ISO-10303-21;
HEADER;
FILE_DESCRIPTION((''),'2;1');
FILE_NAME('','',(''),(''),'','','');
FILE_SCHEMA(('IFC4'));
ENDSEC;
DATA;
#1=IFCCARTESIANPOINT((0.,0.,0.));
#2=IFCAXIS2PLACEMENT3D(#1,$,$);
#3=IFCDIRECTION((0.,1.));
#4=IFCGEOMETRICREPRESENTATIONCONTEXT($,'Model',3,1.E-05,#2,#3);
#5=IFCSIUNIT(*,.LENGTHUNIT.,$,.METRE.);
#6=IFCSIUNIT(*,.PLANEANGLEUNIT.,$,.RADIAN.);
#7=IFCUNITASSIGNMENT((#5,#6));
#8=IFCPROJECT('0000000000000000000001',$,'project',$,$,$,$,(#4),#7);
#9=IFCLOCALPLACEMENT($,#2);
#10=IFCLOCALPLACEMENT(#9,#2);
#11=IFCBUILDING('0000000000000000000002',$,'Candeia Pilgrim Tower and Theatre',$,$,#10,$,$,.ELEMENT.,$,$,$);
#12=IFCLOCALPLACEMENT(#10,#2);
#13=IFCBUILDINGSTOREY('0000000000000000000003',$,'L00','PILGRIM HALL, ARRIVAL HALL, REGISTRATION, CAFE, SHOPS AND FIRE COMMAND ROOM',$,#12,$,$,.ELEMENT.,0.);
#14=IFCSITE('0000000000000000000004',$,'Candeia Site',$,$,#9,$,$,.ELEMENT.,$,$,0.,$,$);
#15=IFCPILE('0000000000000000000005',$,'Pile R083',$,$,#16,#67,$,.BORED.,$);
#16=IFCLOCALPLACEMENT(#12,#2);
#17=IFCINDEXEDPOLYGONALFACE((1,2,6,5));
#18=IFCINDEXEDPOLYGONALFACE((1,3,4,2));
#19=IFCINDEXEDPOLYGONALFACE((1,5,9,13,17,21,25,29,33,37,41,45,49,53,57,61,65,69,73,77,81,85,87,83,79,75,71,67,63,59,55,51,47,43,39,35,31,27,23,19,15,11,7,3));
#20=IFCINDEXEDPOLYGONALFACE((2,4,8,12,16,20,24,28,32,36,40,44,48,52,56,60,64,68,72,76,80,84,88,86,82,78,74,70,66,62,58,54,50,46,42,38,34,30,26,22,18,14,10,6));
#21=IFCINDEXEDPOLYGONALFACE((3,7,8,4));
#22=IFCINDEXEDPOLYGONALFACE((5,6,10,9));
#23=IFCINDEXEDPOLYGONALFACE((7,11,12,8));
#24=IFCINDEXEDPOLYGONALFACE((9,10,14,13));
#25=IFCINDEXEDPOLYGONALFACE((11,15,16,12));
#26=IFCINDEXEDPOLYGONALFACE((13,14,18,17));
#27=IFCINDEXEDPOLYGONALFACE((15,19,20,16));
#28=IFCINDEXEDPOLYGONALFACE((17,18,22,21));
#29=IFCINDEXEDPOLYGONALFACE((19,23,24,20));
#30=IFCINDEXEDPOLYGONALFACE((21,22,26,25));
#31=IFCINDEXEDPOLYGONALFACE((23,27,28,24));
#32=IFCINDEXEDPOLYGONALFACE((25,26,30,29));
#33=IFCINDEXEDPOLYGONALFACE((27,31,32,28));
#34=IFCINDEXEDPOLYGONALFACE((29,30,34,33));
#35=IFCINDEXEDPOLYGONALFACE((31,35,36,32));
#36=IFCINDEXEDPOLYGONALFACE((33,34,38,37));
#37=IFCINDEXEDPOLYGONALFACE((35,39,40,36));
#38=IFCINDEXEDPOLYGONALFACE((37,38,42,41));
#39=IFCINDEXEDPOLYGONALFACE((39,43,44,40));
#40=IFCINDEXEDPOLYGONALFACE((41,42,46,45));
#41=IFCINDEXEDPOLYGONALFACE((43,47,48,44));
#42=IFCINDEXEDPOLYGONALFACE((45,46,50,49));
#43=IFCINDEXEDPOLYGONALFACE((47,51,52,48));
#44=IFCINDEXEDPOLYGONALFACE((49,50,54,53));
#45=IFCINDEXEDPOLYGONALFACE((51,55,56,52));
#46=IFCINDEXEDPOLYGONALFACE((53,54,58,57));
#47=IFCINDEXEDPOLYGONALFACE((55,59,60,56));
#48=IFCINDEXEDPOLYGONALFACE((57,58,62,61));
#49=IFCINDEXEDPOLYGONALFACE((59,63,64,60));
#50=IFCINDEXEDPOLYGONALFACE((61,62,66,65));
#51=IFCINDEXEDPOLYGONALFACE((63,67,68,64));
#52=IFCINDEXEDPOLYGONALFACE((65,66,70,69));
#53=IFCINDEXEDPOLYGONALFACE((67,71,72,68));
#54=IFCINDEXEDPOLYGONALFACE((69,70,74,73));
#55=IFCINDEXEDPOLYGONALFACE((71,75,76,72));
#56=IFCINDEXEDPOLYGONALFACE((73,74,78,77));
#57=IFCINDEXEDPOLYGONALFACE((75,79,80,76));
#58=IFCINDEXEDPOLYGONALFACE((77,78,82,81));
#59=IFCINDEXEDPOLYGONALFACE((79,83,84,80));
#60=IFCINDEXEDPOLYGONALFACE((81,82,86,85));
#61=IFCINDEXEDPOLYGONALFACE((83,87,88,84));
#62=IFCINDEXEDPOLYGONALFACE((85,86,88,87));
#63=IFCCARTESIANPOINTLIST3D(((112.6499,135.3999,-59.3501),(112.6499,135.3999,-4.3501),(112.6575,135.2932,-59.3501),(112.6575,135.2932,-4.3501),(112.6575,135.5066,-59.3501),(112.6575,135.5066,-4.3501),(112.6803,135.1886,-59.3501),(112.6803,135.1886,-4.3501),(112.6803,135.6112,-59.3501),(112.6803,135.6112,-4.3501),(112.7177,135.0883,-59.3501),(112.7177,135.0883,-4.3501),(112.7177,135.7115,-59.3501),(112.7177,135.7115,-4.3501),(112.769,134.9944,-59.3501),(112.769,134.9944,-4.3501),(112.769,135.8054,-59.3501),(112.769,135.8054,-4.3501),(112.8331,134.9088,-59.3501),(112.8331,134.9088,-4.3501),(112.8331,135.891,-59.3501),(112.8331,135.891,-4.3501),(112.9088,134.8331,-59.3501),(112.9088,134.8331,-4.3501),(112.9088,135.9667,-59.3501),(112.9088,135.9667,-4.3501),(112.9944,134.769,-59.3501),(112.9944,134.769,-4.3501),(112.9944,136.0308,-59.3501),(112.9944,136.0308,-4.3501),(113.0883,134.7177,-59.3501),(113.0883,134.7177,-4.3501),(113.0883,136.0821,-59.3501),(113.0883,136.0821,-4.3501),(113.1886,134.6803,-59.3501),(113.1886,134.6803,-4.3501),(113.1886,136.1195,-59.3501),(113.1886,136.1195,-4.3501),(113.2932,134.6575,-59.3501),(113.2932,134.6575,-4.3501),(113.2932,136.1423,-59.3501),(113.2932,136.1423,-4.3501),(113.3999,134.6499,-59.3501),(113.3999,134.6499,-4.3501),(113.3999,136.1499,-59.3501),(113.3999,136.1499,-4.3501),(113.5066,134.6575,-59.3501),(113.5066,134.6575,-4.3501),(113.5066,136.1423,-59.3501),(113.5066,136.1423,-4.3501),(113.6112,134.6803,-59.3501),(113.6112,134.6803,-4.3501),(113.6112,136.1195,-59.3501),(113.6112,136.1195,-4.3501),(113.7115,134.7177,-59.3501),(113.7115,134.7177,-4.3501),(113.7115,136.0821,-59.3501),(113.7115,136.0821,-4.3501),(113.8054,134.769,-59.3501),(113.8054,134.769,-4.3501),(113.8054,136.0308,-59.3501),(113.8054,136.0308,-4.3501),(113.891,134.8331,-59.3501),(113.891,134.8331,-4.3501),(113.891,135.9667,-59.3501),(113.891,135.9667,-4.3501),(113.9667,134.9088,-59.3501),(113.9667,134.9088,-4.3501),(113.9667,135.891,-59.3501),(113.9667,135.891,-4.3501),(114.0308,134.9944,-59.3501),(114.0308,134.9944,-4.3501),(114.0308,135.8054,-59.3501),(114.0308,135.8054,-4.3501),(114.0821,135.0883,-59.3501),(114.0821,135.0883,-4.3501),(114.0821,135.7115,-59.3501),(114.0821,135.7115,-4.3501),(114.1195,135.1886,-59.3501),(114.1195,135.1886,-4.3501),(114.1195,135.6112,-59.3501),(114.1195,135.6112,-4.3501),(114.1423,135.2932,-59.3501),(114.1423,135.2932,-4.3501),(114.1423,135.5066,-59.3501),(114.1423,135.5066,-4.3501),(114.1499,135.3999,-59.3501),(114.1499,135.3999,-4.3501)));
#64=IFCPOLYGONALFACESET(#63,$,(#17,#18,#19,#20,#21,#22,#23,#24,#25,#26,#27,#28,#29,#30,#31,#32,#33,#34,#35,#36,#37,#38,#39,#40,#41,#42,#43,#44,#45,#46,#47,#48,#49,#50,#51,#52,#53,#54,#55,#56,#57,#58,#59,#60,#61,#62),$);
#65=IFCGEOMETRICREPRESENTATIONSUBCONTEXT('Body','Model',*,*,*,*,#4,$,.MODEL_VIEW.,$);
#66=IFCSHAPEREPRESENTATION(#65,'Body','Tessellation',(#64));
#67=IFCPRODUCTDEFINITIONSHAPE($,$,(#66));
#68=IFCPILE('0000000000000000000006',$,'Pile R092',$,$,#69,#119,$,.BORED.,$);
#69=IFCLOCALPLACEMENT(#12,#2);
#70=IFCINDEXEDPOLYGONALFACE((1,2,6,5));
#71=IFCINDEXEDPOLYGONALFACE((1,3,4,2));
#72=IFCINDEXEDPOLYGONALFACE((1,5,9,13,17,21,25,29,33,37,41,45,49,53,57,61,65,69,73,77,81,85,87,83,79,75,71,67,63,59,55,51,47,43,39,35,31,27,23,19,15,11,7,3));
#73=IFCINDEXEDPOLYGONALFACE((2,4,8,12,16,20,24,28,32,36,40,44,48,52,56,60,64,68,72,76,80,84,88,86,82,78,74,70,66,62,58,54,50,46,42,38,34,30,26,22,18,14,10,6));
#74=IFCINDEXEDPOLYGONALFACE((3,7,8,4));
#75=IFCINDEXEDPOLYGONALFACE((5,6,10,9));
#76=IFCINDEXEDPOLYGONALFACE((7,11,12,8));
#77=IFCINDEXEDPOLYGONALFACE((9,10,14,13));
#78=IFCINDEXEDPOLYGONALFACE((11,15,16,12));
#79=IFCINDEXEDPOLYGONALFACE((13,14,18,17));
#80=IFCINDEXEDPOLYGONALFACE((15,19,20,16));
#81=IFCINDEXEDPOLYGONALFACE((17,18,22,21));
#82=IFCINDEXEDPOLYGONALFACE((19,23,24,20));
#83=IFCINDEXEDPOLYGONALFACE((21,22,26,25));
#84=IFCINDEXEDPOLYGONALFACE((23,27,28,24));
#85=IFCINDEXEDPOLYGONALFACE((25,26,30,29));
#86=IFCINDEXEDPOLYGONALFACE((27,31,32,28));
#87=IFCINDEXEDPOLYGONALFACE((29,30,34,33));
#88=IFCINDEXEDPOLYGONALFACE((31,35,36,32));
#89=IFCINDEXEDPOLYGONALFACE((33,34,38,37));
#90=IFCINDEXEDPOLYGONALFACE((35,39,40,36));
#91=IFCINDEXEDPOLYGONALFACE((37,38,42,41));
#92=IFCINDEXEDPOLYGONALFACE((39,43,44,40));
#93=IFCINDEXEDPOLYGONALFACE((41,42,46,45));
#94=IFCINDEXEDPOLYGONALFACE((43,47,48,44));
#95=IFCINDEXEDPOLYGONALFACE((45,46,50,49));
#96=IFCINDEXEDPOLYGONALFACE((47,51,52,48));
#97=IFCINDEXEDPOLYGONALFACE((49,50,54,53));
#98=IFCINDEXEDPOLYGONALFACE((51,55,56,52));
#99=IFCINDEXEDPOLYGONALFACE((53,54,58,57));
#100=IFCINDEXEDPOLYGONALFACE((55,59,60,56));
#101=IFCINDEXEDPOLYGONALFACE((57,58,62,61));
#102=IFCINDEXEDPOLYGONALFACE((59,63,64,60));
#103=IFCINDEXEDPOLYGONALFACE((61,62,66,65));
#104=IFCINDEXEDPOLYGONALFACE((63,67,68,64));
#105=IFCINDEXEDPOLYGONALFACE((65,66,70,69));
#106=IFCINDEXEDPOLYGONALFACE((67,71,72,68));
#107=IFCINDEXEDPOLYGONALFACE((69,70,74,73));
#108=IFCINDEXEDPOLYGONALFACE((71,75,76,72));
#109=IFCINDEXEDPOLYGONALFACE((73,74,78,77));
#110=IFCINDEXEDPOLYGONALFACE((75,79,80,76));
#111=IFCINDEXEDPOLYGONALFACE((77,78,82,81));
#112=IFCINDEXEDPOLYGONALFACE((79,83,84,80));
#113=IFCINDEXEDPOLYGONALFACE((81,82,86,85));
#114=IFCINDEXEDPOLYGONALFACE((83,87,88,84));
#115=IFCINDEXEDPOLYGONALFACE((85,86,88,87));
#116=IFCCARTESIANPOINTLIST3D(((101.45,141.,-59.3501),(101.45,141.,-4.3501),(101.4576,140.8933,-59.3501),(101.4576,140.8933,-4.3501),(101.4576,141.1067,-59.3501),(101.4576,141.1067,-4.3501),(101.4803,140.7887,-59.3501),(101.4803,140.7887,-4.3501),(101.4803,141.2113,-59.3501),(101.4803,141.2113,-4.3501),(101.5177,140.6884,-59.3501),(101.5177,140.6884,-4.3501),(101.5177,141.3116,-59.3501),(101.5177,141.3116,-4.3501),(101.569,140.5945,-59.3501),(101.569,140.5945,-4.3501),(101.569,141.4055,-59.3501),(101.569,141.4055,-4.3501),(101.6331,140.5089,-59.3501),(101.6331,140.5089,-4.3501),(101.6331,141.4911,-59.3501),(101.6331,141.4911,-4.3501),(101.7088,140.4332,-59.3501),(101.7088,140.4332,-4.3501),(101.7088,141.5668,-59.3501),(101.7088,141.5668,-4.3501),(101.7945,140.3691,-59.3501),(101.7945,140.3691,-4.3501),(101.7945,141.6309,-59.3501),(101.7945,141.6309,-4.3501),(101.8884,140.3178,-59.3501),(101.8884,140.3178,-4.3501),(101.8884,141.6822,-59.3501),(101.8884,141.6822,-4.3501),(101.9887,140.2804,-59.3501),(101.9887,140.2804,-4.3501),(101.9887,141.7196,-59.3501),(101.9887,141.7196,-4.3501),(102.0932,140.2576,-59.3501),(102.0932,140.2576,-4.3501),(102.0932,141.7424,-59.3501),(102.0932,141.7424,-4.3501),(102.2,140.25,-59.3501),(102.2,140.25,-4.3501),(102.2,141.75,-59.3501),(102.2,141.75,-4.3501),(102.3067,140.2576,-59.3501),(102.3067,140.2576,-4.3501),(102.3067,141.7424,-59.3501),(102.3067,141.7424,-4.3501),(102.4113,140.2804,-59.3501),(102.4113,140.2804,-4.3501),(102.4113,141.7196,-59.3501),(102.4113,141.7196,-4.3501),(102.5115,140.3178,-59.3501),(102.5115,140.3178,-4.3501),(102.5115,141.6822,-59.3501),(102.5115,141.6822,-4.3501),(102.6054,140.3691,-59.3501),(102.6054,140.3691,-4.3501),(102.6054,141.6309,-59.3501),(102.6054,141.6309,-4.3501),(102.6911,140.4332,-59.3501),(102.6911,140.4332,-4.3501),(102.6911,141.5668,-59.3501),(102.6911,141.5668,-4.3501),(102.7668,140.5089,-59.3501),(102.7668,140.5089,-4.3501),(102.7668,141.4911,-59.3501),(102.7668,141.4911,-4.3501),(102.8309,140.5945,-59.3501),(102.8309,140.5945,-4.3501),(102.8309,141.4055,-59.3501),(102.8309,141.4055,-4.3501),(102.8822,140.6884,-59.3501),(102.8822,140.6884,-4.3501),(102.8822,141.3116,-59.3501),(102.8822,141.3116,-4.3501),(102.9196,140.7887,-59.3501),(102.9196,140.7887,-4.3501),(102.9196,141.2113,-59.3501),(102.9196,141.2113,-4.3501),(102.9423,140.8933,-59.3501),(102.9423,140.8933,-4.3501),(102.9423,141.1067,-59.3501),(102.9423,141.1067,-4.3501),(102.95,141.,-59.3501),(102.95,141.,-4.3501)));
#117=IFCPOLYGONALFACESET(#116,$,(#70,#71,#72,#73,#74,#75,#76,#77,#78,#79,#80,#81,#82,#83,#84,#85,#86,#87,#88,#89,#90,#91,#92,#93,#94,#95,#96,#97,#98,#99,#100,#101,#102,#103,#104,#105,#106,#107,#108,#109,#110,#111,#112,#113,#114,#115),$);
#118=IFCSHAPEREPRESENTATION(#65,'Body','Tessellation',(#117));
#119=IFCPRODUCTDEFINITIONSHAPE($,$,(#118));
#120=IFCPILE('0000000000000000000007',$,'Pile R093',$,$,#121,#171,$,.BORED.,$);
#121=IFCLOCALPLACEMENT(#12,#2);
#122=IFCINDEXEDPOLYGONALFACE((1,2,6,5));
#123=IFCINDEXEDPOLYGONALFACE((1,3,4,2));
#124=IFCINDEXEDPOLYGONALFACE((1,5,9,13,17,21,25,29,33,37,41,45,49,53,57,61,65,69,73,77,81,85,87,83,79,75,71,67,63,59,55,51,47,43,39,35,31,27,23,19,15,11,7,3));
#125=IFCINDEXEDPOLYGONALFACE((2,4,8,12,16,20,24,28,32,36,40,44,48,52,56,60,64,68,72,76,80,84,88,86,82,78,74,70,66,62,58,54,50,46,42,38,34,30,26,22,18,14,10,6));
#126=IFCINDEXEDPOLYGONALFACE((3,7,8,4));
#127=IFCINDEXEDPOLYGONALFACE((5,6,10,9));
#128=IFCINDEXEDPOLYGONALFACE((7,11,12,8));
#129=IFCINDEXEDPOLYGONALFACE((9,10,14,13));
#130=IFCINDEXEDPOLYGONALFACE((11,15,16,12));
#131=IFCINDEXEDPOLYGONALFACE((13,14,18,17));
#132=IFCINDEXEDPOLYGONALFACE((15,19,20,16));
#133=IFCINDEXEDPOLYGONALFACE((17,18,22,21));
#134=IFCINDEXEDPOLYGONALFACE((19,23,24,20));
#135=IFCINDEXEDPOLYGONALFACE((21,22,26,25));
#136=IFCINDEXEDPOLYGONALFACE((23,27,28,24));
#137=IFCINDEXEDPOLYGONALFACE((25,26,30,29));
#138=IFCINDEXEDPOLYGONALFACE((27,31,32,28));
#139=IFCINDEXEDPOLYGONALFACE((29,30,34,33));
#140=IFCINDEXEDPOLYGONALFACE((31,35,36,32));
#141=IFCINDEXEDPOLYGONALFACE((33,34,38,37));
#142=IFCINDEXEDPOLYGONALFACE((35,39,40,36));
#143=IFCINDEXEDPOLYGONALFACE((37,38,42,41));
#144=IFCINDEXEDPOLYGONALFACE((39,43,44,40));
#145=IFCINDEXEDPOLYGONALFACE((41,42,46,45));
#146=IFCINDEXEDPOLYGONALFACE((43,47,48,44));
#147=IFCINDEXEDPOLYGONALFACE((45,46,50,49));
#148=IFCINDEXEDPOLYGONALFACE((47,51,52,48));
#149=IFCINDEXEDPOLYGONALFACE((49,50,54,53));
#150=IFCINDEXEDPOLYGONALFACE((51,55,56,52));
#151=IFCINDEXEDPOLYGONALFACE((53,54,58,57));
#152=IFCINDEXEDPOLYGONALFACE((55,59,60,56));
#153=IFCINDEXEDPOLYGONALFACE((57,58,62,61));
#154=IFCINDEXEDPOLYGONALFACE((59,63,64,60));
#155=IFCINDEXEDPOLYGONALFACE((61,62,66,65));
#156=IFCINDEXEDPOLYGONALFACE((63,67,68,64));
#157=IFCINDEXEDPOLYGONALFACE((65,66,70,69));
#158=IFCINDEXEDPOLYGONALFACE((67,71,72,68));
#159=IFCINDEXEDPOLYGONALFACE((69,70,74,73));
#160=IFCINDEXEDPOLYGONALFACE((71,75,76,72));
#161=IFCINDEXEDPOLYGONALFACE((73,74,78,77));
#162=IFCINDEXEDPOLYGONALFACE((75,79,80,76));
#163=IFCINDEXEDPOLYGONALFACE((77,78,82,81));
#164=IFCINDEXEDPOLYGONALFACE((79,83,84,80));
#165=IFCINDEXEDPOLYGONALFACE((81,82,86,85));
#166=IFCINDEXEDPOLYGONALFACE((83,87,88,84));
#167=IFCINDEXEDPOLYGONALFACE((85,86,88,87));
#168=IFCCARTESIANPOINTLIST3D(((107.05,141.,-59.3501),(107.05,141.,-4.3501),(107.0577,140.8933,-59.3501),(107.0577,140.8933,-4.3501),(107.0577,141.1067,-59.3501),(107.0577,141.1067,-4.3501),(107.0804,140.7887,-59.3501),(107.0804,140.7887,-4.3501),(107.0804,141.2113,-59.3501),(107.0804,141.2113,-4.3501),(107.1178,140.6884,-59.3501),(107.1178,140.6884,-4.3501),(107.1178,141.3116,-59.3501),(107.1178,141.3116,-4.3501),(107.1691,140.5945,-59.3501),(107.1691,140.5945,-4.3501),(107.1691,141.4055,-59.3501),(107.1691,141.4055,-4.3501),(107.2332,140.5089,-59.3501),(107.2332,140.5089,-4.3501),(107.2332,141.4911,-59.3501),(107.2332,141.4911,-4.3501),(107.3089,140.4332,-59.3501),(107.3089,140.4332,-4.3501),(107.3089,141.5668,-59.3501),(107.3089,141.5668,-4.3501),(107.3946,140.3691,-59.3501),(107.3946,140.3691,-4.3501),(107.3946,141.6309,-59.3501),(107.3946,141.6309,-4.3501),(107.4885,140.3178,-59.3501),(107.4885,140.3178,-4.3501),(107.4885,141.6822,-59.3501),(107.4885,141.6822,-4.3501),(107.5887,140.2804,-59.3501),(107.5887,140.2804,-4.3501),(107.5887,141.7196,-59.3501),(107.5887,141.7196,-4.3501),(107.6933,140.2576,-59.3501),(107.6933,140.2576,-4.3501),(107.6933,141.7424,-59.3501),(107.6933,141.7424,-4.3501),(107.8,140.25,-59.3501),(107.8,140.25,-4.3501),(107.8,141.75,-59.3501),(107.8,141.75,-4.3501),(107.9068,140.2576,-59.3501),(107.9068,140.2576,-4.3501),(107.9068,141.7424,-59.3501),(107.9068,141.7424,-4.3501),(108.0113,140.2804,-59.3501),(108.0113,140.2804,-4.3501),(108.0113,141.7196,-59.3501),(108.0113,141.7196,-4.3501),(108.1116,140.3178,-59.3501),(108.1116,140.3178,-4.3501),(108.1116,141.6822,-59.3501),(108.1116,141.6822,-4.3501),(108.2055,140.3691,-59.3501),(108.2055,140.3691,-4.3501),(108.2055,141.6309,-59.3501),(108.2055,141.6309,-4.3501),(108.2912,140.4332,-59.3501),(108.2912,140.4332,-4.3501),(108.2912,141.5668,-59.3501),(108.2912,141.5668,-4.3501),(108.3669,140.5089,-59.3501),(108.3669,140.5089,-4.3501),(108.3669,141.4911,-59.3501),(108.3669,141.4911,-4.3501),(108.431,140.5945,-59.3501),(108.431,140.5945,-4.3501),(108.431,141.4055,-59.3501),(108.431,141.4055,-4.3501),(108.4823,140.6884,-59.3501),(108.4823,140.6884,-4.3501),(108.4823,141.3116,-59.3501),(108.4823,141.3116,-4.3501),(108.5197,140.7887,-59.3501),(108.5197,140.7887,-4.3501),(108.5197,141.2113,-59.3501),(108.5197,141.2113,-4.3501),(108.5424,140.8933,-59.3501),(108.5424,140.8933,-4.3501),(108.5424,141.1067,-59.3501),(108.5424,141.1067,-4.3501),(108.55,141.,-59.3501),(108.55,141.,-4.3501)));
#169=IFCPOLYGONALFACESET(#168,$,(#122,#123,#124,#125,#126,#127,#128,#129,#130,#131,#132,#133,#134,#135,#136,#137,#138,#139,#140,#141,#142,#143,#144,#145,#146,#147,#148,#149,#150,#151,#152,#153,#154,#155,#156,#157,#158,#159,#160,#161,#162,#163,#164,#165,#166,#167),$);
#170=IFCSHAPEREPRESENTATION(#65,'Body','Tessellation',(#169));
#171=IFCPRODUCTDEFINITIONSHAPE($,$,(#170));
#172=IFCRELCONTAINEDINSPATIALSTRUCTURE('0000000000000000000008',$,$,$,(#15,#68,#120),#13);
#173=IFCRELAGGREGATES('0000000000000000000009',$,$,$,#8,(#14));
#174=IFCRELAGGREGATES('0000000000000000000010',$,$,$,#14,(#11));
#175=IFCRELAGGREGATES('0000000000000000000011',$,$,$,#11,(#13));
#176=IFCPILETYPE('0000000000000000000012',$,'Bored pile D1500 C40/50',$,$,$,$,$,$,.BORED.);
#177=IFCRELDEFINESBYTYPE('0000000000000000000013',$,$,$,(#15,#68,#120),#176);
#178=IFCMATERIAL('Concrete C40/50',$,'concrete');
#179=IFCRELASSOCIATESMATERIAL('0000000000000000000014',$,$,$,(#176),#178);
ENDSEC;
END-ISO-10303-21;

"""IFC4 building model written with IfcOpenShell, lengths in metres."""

from ifc_helpers import new_model, si_unit, direction, frame, origin, origin_2d, place, context, subcontext, project, spatial, circle, extrude, material, material_profile, profile_set, type_object, element, save


model = new_model("IFC4")

# Units and contexts
model_context = context("Model", 3, precision=1e-05, world=origin(), true_north=direction((0.0, 1.0)))
body_context = subcontext(model_context, "Body", "Model", "MODEL_VIEW")
ifc_project = project(units=[si_unit("LENGTHUNIT", "METRE"), si_unit("PLANEANGLEUNIT", "RADIAN")], contexts=[model_context])

# Site, building, storey
site_placement = place(None, origin())
site = spatial("IfcSite", under=ifc_project, at=site_placement, Name="Candeia Site", CompositionType="ELEMENT", RefElevation=0.0)
building_placement = place(site_placement, origin())
building = spatial("IfcBuilding", under=site, at=building_placement, Name="Candeia Pilgrim Tower and Theatre", CompositionType="ELEMENT")
storey_placement = place(building_placement, origin())
storey = spatial("IfcBuildingStorey", under=building, at=storey_placement, Name="L00", Description="PILGRIM HALL, ARRIVAL HALL, REGISTRATION, CAFE, SHOPS AND FIRE COMMAND ROOM", CompositionType="ELEMENT", Elevation=0.0)

# Piles
ifc_material_1 = material(Name="Concrete C40/50", Category="concrete")
ifc_material_profile_1 = material_profile(ifc_material_1, circle(Radius=0.75, at=origin_2d()))
ifc_profile_set_1 = profile_set([ifc_material_profile_1], Name="Concrete C40/50")
pile_type = type_object("IfcPileType", Name="Bored pile D1500 C40/50", PredefinedType="BORED", material=ifc_profile_set_1)
for number, where, z_axis, x_axis, name in (
    (1, (113.3999, 135.3999, -4.3501), (0.0, 0.0, -1.0), (1.0, 0.0, 0.0), "Pile R083"),
    (2, (102.2, 141.0, -4.3501), (0.0, 0.0, -1.0), (1.0, 0.0, 0.0), "Pile R092"),
    (3, (107.8, 141.0, -4.3501), (0.0, 0.0, -1.0), (1.0, 0.0, 0.0), "Pile R093"),
):
    element("IfcPile", number, at=place(storey_placement, frame(where, z_axis=z_axis, x_axis=x_axis)), inside=storey, type_object=pile_type, Name=name, PredefinedType="BORED", context=body_context, shape_type="SweptSolid", body=[
        extrude(circle(Radius=0.75, at=origin_2d()), origin(), (0.0, 0.0, 1.0), 55.0),
    ])

save(model, "model.ifc")
